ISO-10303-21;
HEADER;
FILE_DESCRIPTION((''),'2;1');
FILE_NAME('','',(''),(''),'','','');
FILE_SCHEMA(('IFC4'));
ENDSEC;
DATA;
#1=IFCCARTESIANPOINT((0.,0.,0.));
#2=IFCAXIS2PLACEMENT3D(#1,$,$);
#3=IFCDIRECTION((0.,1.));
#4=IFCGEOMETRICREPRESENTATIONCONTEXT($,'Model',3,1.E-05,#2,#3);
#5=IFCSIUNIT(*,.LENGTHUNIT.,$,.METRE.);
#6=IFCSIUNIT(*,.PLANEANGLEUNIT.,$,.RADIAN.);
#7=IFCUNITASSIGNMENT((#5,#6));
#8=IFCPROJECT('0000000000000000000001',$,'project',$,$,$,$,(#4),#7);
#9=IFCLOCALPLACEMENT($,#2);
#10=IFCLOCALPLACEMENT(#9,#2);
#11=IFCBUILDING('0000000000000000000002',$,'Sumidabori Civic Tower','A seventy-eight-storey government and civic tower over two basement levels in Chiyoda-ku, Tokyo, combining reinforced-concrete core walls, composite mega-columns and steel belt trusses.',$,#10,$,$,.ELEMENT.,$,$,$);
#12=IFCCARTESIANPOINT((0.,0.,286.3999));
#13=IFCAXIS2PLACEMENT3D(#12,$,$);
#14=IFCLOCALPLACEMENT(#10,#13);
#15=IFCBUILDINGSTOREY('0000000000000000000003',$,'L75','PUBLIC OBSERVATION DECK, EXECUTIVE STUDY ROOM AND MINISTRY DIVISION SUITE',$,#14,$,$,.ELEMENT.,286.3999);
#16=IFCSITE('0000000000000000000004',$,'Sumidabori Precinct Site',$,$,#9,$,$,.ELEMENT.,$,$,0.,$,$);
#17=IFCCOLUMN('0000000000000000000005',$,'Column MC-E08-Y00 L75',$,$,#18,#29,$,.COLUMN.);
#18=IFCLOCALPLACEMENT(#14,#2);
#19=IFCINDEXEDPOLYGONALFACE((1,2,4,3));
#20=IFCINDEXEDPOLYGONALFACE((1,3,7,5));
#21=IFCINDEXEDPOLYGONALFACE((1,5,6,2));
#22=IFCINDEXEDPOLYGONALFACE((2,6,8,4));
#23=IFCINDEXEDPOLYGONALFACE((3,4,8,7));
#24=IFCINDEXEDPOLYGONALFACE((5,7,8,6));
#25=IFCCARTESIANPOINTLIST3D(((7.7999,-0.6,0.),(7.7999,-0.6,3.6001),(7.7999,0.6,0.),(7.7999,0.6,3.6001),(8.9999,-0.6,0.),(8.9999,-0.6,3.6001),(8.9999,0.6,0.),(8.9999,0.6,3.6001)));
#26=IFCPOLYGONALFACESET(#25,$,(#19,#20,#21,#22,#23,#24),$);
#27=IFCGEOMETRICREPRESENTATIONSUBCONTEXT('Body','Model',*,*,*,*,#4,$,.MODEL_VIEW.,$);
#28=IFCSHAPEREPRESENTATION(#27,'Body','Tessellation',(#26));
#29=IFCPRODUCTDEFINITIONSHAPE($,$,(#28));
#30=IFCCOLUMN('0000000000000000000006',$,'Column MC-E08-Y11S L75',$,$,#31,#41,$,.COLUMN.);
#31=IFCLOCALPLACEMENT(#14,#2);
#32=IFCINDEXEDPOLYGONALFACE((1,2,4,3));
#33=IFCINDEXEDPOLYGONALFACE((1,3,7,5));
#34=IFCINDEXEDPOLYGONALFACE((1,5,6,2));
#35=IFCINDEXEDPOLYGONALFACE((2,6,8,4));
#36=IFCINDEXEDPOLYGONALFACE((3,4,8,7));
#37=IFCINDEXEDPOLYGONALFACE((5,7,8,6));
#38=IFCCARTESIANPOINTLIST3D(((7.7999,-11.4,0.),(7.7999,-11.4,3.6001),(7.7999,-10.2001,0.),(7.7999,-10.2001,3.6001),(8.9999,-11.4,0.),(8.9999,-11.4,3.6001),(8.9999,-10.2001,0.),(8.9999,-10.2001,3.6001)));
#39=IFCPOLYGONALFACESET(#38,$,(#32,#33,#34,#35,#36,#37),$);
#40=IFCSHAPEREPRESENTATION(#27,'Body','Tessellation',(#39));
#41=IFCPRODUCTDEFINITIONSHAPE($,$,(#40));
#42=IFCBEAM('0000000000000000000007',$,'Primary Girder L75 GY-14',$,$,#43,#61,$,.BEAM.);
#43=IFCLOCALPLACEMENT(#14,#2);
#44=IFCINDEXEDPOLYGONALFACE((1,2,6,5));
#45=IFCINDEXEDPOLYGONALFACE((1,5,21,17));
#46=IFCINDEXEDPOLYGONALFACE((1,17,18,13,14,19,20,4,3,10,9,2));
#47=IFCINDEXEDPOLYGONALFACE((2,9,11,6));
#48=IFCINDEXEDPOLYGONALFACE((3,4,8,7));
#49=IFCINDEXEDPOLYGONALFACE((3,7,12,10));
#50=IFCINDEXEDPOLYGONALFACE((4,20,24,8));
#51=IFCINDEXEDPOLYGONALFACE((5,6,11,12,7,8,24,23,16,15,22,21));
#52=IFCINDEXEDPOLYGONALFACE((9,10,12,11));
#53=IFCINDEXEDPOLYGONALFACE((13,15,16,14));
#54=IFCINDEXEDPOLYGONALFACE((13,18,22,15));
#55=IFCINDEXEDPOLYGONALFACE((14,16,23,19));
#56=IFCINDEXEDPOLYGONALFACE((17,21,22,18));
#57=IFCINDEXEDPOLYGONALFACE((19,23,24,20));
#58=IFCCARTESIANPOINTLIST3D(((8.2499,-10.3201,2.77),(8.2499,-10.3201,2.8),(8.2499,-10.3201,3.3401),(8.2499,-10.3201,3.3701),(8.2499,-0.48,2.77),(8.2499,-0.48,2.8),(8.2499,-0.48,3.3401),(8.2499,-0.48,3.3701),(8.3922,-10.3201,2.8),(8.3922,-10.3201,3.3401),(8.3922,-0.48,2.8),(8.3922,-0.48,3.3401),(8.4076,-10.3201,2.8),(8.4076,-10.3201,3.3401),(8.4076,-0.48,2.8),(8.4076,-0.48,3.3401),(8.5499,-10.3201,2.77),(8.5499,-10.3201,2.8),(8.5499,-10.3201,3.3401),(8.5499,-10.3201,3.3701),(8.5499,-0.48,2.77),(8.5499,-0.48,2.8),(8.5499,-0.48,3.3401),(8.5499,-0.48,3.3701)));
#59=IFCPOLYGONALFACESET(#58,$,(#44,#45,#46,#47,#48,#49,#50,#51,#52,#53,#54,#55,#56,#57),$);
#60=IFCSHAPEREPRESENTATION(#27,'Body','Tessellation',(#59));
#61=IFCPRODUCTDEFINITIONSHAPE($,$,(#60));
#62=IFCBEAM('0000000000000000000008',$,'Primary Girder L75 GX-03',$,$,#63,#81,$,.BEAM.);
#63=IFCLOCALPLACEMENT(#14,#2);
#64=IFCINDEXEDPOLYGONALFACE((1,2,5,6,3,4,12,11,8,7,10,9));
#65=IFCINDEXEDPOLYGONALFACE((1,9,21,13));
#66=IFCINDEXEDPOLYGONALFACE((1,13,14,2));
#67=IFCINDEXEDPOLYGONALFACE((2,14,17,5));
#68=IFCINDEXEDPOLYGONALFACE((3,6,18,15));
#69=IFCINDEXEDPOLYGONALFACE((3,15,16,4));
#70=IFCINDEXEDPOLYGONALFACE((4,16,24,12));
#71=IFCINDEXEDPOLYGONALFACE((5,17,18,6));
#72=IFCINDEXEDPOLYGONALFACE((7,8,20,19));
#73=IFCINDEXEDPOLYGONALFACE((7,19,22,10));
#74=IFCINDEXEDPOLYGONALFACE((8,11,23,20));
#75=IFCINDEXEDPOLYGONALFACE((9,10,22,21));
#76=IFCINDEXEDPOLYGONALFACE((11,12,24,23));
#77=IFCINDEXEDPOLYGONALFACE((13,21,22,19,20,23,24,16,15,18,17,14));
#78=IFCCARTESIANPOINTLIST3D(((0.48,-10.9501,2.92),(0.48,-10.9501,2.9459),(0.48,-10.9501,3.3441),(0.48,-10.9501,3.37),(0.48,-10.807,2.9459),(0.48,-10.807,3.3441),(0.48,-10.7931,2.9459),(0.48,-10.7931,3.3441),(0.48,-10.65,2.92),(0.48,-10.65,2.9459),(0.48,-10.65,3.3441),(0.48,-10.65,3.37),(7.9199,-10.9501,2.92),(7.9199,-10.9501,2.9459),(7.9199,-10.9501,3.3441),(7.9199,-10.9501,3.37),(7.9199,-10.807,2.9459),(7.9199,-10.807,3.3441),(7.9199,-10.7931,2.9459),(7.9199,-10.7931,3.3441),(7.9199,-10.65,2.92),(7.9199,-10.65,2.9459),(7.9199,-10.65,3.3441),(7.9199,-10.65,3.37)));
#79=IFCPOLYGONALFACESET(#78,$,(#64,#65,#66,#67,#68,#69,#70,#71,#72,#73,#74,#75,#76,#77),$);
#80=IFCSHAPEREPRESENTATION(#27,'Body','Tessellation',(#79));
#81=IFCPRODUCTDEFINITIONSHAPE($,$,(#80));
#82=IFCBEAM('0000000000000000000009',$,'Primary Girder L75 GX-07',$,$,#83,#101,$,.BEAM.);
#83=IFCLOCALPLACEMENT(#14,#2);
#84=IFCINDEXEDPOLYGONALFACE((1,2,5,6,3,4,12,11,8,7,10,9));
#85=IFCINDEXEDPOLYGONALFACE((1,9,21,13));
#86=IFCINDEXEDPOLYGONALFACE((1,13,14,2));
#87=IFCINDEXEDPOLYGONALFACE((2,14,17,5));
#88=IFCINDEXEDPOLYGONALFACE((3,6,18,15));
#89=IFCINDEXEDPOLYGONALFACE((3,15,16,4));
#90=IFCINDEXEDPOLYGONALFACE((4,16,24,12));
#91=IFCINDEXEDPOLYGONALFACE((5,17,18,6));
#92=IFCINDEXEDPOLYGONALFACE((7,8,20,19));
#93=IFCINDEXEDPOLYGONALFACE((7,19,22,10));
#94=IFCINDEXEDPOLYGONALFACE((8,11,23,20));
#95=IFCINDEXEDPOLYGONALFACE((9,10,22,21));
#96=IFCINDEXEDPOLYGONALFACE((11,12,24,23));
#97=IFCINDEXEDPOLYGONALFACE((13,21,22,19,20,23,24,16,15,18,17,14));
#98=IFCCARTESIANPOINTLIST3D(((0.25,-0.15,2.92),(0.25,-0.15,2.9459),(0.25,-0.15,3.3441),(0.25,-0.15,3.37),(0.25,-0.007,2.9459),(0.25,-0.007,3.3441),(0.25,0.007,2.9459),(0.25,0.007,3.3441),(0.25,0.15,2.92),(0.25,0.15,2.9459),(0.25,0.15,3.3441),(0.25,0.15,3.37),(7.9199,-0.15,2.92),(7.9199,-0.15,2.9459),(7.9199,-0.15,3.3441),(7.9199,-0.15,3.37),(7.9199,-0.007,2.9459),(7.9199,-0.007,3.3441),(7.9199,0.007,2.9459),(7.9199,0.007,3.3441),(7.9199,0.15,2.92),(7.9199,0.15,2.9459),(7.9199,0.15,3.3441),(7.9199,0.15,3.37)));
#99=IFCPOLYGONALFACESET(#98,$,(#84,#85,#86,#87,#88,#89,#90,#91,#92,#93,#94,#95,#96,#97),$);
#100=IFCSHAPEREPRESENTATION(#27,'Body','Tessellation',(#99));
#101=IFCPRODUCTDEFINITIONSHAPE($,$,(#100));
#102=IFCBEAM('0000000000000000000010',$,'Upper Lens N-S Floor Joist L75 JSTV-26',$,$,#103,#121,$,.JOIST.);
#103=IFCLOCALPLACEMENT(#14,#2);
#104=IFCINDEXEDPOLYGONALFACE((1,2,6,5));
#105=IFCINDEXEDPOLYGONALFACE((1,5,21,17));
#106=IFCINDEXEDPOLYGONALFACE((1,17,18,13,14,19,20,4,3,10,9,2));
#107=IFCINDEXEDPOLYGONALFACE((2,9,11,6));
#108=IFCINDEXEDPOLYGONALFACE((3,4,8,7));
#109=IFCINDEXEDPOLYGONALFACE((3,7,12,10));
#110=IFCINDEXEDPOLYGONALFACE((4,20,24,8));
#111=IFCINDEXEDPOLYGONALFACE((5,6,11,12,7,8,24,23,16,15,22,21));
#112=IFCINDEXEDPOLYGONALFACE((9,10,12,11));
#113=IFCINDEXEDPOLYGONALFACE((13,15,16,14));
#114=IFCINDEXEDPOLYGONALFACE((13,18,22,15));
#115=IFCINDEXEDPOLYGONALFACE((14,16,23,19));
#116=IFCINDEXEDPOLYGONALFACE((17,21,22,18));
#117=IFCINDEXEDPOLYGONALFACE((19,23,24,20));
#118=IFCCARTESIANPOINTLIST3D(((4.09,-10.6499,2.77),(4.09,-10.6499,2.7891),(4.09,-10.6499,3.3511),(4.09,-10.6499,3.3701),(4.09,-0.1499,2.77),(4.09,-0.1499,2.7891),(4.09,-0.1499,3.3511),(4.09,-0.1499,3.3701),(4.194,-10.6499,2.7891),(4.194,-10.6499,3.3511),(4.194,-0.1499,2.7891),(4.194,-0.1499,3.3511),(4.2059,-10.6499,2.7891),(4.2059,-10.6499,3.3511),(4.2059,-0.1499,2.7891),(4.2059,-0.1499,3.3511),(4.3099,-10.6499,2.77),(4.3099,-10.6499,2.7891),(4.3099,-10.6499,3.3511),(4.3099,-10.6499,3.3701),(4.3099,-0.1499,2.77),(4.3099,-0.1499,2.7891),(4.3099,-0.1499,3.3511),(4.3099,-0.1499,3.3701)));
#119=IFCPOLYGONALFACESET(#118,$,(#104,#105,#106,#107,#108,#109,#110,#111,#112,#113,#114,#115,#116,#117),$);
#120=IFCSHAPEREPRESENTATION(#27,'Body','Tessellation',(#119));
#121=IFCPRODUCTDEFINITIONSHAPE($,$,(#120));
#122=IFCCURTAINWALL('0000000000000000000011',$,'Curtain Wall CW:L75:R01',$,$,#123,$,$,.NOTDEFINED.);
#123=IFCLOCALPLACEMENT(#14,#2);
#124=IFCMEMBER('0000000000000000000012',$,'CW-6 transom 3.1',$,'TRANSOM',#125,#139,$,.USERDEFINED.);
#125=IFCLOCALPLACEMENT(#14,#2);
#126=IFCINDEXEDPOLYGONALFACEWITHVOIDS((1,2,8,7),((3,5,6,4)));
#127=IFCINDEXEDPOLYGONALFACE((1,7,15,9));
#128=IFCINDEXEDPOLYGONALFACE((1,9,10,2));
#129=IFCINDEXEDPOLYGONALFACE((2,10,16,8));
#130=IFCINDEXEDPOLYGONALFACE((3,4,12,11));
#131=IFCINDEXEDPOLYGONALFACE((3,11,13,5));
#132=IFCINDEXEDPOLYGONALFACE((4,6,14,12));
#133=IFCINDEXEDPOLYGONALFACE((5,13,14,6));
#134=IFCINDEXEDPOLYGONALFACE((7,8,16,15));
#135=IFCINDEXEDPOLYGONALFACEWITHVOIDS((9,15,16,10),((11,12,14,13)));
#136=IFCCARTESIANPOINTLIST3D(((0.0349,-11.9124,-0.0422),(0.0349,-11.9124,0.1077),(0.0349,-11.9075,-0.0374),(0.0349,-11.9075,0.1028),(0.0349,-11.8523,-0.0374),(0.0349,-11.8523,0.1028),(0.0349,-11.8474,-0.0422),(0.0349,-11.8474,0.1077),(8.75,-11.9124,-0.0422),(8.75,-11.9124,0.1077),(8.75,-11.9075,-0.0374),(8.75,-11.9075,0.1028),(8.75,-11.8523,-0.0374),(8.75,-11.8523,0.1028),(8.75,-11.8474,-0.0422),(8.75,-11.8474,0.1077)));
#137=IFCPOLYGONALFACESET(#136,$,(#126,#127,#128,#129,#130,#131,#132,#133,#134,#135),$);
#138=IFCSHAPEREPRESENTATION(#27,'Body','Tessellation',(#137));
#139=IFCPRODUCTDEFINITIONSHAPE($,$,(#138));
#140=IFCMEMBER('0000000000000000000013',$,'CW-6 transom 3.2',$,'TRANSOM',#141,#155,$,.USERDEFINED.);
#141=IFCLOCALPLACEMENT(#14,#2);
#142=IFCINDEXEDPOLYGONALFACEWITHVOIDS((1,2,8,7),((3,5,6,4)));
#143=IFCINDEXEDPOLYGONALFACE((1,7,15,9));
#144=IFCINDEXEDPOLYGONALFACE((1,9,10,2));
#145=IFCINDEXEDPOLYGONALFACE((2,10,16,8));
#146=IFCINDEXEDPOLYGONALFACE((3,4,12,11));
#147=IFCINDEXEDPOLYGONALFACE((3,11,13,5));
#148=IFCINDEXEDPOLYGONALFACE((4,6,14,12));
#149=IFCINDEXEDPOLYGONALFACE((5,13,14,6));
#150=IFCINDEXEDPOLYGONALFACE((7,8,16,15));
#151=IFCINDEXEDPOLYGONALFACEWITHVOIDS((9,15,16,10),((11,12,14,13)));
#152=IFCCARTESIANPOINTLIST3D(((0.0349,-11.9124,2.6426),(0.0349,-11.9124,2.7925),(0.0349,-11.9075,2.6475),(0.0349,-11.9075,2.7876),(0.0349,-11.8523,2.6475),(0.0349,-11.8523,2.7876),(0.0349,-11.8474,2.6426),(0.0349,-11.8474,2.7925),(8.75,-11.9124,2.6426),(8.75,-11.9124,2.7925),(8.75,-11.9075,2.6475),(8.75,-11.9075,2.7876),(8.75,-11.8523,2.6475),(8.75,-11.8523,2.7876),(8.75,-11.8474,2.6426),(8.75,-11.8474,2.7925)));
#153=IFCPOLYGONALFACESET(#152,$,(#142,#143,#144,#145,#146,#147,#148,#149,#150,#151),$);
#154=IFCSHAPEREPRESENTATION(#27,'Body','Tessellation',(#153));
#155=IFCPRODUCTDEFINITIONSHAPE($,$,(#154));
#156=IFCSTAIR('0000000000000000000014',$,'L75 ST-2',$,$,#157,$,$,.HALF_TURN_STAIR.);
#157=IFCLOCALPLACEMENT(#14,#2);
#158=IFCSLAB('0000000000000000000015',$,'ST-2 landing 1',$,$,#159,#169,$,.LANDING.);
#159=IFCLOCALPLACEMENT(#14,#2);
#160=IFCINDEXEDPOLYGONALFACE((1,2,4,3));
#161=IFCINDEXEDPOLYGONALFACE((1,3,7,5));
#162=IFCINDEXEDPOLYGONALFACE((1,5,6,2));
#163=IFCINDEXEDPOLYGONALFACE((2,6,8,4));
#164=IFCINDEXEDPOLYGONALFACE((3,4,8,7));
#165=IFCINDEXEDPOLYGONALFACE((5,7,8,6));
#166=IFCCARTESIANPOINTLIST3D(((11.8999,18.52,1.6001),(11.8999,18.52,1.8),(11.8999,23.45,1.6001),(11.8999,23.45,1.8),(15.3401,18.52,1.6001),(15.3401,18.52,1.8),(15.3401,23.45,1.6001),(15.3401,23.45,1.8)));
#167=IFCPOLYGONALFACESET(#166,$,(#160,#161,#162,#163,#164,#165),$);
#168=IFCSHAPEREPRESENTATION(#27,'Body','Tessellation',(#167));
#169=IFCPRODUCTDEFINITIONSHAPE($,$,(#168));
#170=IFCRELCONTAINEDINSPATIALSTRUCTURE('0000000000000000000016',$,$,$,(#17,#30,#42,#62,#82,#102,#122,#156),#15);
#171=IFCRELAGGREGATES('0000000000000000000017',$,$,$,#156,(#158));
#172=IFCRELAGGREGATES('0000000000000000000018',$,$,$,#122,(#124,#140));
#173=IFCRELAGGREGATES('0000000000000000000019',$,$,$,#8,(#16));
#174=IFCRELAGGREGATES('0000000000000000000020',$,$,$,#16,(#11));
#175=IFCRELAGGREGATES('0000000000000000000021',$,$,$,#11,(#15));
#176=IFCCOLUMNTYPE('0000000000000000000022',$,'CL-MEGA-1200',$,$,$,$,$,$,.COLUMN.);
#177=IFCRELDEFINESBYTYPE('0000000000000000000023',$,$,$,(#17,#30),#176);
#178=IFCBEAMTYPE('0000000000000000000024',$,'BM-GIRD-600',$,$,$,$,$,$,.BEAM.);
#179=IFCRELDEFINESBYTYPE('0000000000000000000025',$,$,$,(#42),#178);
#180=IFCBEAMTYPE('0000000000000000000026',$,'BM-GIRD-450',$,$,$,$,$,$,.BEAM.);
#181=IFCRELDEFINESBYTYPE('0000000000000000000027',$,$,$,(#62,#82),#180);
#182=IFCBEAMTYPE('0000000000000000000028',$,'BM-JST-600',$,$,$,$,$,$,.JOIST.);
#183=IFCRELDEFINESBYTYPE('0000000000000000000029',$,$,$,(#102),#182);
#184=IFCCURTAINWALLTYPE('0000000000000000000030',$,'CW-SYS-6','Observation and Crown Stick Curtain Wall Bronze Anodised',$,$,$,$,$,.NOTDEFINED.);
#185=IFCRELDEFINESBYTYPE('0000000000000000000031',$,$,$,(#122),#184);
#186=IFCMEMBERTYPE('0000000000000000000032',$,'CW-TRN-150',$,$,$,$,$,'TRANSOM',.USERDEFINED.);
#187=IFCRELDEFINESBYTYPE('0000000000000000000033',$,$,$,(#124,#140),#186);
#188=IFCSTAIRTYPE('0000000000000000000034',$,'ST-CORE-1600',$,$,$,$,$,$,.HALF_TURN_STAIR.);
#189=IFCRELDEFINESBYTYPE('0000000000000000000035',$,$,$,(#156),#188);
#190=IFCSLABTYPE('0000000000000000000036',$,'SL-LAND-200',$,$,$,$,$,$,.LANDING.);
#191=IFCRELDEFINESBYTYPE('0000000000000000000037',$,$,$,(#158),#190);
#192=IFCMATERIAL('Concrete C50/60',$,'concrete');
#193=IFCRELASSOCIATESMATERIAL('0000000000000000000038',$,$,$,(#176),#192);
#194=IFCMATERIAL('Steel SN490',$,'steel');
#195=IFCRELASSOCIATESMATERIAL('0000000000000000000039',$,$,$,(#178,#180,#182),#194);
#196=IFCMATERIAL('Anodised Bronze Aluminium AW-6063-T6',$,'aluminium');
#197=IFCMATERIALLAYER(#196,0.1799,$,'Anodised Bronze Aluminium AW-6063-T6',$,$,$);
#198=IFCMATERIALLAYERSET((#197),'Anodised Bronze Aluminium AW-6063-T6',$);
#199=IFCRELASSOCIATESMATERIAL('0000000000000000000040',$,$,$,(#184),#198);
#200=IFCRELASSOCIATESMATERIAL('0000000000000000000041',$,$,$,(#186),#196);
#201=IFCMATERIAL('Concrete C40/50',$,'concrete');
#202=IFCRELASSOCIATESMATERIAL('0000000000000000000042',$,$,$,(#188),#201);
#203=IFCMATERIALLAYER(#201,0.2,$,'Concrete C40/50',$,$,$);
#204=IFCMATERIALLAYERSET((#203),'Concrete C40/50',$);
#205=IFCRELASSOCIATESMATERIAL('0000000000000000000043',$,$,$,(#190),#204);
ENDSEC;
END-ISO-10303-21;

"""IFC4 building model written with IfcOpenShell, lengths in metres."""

from ifc_helpers import new_model, si_unit, direction, frame, origin, origin_2d, place, context, subcontext, project, spatial, polyline, rectangle, hollow_rectangle, i_section, outline, extrude, source, transform, mapped, material, layer, layer_set, material_profile, profile_set, type_object, element, aggregate, save


model = new_model("IFC4")

# Units and contexts
model_context = context("Model", 3, precision=1e-05, world=origin(), true_north=direction((0.0, 1.0)))
body_context = subcontext(model_context, "Body", "Model", "MODEL_VIEW")
ifc_project = project(units=[si_unit("LENGTHUNIT", "METRE"), si_unit("PLANEANGLEUNIT", "RADIAN")], contexts=[model_context])

# Site, building, storey
site_placement = place(None, origin())
site = spatial("IfcSite", under=ifc_project, at=site_placement, Name="Sumidabori Precinct Site", CompositionType="ELEMENT", RefElevation=0.0)
building_placement = place(site_placement, origin())
building = spatial("IfcBuilding", under=site, at=building_placement, Name="Sumidabori Civic Tower", Description="A seventy-eight-storey government and civic tower over two basement levels in Chiyoda-ku, Tokyo, combining reinforced-concrete core walls, composite mega-columns and steel belt trusses.", CompositionType="ELEMENT")
storey_placement = place(building_placement, frame((0.0, 0.0, 286.3999)))
storey = spatial("IfcBuildingStorey", under=building, at=storey_placement, Name="L75", Description="PUBLIC OBSERVATION DECK, EXECUTIVE STUDY ROOM AND MINISTRY DIVISION SUITE", CompositionType="ELEMENT", Elevation=286.3999)

# Columns
ifc_material_1 = material(Name="Concrete C50/60", Category="concrete")
ifc_material_profile_1 = material_profile(ifc_material_1, rectangle(XDim=1.2, YDim=1.2, at=origin_2d()), Name="RC 1200x1200")
ifc_profile_set_1 = profile_set([ifc_material_profile_1], Name="Concrete C50/60")
column_type = type_object("IfcColumnType", Name="CL-MEGA-1200", PredefinedType="COLUMN", material=ifc_profile_set_1)
shared_shape_1 = source(origin(), body_context, "Body", "SweptSolid", [
    extrude(rectangle(XDim=1.2, YDim=1.2, at=origin_2d()), origin(), (0.0, 0.0, 1.0), 3.6001),
])
for number, where, z_axis, x_axis, name in (
    (1, (8.3999, 0.0, 0.0), (0.0, 0.0, 1.0), (1.0, 0.0, 0.0), "Column MC-E08-Y00 L75"),
    (2, (8.3999, -10.8, 0.0), (0.0, 0.0, 1.0), (1.0, 0.0, 0.0), "Column MC-E08-Y11S L75"),
):
    element("IfcColumn", number, at=place(storey_placement, frame(where, z_axis=z_axis, x_axis=x_axis)), inside=storey, type_object=column_type, Name=name, PredefinedType="COLUMN", context=body_context, shape_type="MappedRepresentation", body=[
        mapped(shared_shape_1, transform((0.0, 0.0, 0.0), x_axis=(1.0, 0.0, 0.0), y_axis=(0.0, 1.0, 0.0), z_axis=(0.0, 0.0, 1.0), scale=1.0)),
    ])

# Beams
ifc_material_2 = material(Name="Steel SN490", Category="steel")
ifc_material_profile_2 = material_profile(ifc_material_2, i_section(OverallWidth=0.3, OverallDepth=0.6001, WebThickness=0.0154, FlangeThickness=0.03, at=origin_2d()), Name="HE 600 B")
ifc_profile_set_2 = profile_set([ifc_material_profile_2], Name="Steel SN490")
beam_type_1 = type_object("IfcBeamType", Name="BM-GIRD-600", PredefinedType="BEAM", material=ifc_profile_set_2)
shared_shape_2 = source(origin(), body_context, "Body", "SweptSolid", [
    extrude(i_section(OverallWidth=0.3, OverallDepth=0.6001, WebThickness=0.0154, FlangeThickness=0.03, at=origin_2d()), origin(), (0.0, 0.0, 1.0), 9.8401),
])
beam_1_placement = place(storey_placement, frame((8.3999, -10.3201, 3.0701), z_axis=(0.0, 1.0, 0.0), x_axis=(-1.0, 0.0, 0.0)))
element("IfcBeam", 3, at=beam_1_placement, inside=storey, type_object=beam_type_1, Name="Primary Girder L75 GY-14", PredefinedType="BEAM", context=body_context, shape_type="MappedRepresentation", body=[
    mapped(shared_shape_2, transform((0.0, 0.0, 0.0), x_axis=(1.0, 0.0, 0.0), y_axis=(0.0, 1.0, 0.0), z_axis=(0.0, 0.0, 1.0), scale=1.0)),
])
ifc_material_profile_3 = material_profile(ifc_material_2, i_section(OverallWidth=0.3, OverallDepth=0.45, WebThickness=0.0139, FlangeThickness=0.0259, at=origin_2d()), Name="HE 450 B")
ifc_profile_set_3 = profile_set([ifc_material_profile_3], Name="Steel SN490")
beam_type_2 = type_object("IfcBeamType", Name="BM-GIRD-450", PredefinedType="BEAM", material=ifc_profile_set_3)
shared_shape_3 = source(origin(), body_context, "Body", "SweptSolid", [
    extrude(i_section(OverallWidth=0.3, OverallDepth=0.45, WebThickness=0.0139, FlangeThickness=0.0259, at=origin_2d()), origin(), (0.0, 0.0, 1.0), 7.4399),
])
beam_2_placement = place(storey_placement, frame((0.48, -10.8, 3.145), z_axis=(1.0, 0.0, 0.0), x_axis=(0.0, 1.0, 0.0)))
element("IfcBeam", 4, at=beam_2_placement, inside=storey, type_object=beam_type_2, Name="Primary Girder L75 GX-03", PredefinedType="BEAM", context=body_context, shape_type="MappedRepresentation", body=[
    mapped(shared_shape_3, transform((0.0, 0.0, 0.0), x_axis=(1.0, 0.0, 0.0), y_axis=(0.0, 1.0, 0.0), z_axis=(0.0, 0.0, 1.0), scale=1.0)),
])
shared_shape_4 = source(origin(), body_context, "Body", "SweptSolid", [
    extrude(i_section(OverallWidth=0.3, OverallDepth=0.45, WebThickness=0.0139, FlangeThickness=0.0259, at=origin_2d()), origin(), (0.0, 0.0, 1.0), 7.6699),
])
beam_3_placement = place(storey_placement, frame((0.25, 0.0, 3.145), z_axis=(1.0, 0.0, 0.0), x_axis=(0.0, 1.0, 0.0)))
element("IfcBeam", 5, at=beam_3_placement, inside=storey, type_object=beam_type_2, Name="Primary Girder L75 GX-07", PredefinedType="BEAM", context=body_context, shape_type="MappedRepresentation", body=[
    mapped(shared_shape_4, transform((0.0, 0.0, 0.0), x_axis=(1.0, 0.0, 0.0), y_axis=(0.0, 1.0, 0.0), z_axis=(0.0, 0.0, 1.0), scale=1.0)),
])
ifc_material_profile_4 = material_profile(ifc_material_2, i_section(OverallWidth=0.22, OverallDepth=0.6001, WebThickness=0.012, FlangeThickness=0.019, at=origin_2d()), Name="IPE 600")
ifc_profile_set_4 = profile_set([ifc_material_profile_4], Name="Steel SN490")
beam_type_3 = type_object("IfcBeamType", Name="BM-JST-600", PredefinedType="JOIST", material=ifc_profile_set_4)
shared_shape_5 = source(origin(), body_context, "Body", "SweptSolid", [
    extrude(i_section(OverallWidth=0.22, OverallDepth=0.6001, WebThickness=0.012, FlangeThickness=0.019, at=origin_2d()), origin(), (0.0, 0.0, 1.0), 10.5),
])
beam_4_placement = place(storey_placement, frame((4.2, -10.6499, 3.0701), z_axis=(0.0, 1.0, 0.0), x_axis=(-1.0, 0.0, 0.0)))
element("IfcBeam", 6, at=beam_4_placement, inside=storey, type_object=beam_type_3, Name="Upper Lens N-S Floor Joist L75 JSTV-26", PredefinedType="JOIST", context=body_context, shape_type="MappedRepresentation", body=[
    mapped(shared_shape_5, transform((0.0, 0.0, 0.0), x_axis=(1.0, 0.0, 0.0), y_axis=(0.0, 1.0, 0.0), z_axis=(0.0, 0.0, 1.0), scale=1.0)),
])

# Curtain wall, members
ifc_material_3 = material(Name="Anodised Bronze Aluminium AW-6063-T6", Category="aluminium")
ifc_layer_1 = layer(ifc_material_3, 0.1799, Name="Anodised Bronze Aluminium AW-6063-T6")
ifc_layer_set_1 = layer_set([ifc_layer_1], Name="Anodised Bronze Aluminium AW-6063-T6")
curtain_wall_type = type_object("IfcCurtainWallType", Name="CW-SYS-6", Description="Observation and Crown Stick Curtain Wall Bronze Anodised", PredefinedType="NOTDEFINED", material=ifc_layer_set_1)
curtain_wall_placement = place(storey_placement, origin())
curtain_wall = element("IfcCurtainWall", 7, at=curtain_wall_placement, inside=storey, type_object=curtain_wall_type, Name="Curtain Wall CW:L75:R01", PredefinedType="NOTDEFINED")
ifc_material_profile_5 = material_profile(ifc_material_3, hollow_rectangle(XDim=0.0649, YDim=0.1499, WallThickness=0.0049, at=origin_2d()), Name="ALU TRANSOM 150x65")
ifc_profile_set_5 = profile_set([ifc_material_profile_5], Name="Anodised Bronze Aluminium AW-6063-T6")
member_type = type_object("IfcMemberType", Name="CW-TRN-150", ElementType="TRANSOM", PredefinedType="USERDEFINED", material=ifc_profile_set_5)
shared_shape_6 = source(origin(), body_context, "Body", "SweptSolid", [
    extrude(hollow_rectangle(XDim=0.0649, YDim=0.1499, WallThickness=0.0049, at=origin_2d()), origin(), (0.0, 0.0, 1.0), 8.7151),
])
member_1_placement = place(storey_placement, frame((0.0349, -11.8799, 0.0327), z_axis=(1.0, 0.0, 0.0), x_axis=(0.0, 1.0, 0.0)))
member_1 = element("IfcMember", 8, at=member_1_placement, type_object=member_type, Name="CW-6 transom 3.1", ObjectType="TRANSOM", PredefinedType="USERDEFINED", context=body_context, shape_type="MappedRepresentation", body=[
    mapped(shared_shape_6, transform((0.0, 0.0, 0.0), x_axis=(1.0, 0.0, 0.0), y_axis=(0.0, 1.0, 0.0), z_axis=(0.0, 0.0, 1.0), scale=1.0)),
])
member_2_placement = place(storey_placement, frame((0.0349, -11.8799, 2.7175), z_axis=(1.0, 0.0, 0.0), x_axis=(0.0, 1.0, 0.0)))
member_2 = element("IfcMember", 9, at=member_2_placement, type_object=member_type, Name="CW-6 transom 3.2", ObjectType="TRANSOM", PredefinedType="USERDEFINED", context=body_context, shape_type="MappedRepresentation", body=[
    mapped(shared_shape_6, transform((0.0, 0.0, 0.0), x_axis=(1.0, 0.0, 0.0), y_axis=(0.0, 1.0, 0.0), z_axis=(0.0, 0.0, 1.0), scale=1.0)),
])

# Stair, slab
ifc_material_4 = material(Name="Concrete C40/50", Category="concrete")
stair_type = type_object("IfcStairType", Name="ST-CORE-1600", PredefinedType="HALF_TURN_STAIR", material=ifc_material_4)
stair_placement = place(storey_placement, origin())
stair = element("IfcStair", 10, at=stair_placement, inside=storey, type_object=stair_type, Name="L75 ST-2", PredefinedType="HALF_TURN_STAIR")
ifc_layer_2 = layer(ifc_material_4, 0.2, Name="Concrete C40/50")
ifc_layer_set_2 = layer_set([ifc_layer_2], Name="Concrete C40/50")
slab_type = type_object("IfcSlabType", Name="SL-LAND-200", PredefinedType="LANDING", material=ifc_layer_set_2)
slab_placement = place(storey_placement, frame((0.0, 0.0, 1.6001)))
slab = element("IfcSlab", 11, at=slab_placement, type_object=slab_type, Name="ST-2 landing 1", PredefinedType="LANDING", context=body_context, shape_type="SweptSolid", body=[
    extrude(outline(polyline([(15.3401, 18.52), (15.3401, 23.45), (11.8999, 23.45), (11.8999, 18.52), (15.3401, 18.52)])), origin(), (0.0, 0.0, 1.0), 0.2),
])
aggregate(stair, [slab])

aggregate(curtain_wall, [member_1, member_2])

save(model, "model.ifc")
